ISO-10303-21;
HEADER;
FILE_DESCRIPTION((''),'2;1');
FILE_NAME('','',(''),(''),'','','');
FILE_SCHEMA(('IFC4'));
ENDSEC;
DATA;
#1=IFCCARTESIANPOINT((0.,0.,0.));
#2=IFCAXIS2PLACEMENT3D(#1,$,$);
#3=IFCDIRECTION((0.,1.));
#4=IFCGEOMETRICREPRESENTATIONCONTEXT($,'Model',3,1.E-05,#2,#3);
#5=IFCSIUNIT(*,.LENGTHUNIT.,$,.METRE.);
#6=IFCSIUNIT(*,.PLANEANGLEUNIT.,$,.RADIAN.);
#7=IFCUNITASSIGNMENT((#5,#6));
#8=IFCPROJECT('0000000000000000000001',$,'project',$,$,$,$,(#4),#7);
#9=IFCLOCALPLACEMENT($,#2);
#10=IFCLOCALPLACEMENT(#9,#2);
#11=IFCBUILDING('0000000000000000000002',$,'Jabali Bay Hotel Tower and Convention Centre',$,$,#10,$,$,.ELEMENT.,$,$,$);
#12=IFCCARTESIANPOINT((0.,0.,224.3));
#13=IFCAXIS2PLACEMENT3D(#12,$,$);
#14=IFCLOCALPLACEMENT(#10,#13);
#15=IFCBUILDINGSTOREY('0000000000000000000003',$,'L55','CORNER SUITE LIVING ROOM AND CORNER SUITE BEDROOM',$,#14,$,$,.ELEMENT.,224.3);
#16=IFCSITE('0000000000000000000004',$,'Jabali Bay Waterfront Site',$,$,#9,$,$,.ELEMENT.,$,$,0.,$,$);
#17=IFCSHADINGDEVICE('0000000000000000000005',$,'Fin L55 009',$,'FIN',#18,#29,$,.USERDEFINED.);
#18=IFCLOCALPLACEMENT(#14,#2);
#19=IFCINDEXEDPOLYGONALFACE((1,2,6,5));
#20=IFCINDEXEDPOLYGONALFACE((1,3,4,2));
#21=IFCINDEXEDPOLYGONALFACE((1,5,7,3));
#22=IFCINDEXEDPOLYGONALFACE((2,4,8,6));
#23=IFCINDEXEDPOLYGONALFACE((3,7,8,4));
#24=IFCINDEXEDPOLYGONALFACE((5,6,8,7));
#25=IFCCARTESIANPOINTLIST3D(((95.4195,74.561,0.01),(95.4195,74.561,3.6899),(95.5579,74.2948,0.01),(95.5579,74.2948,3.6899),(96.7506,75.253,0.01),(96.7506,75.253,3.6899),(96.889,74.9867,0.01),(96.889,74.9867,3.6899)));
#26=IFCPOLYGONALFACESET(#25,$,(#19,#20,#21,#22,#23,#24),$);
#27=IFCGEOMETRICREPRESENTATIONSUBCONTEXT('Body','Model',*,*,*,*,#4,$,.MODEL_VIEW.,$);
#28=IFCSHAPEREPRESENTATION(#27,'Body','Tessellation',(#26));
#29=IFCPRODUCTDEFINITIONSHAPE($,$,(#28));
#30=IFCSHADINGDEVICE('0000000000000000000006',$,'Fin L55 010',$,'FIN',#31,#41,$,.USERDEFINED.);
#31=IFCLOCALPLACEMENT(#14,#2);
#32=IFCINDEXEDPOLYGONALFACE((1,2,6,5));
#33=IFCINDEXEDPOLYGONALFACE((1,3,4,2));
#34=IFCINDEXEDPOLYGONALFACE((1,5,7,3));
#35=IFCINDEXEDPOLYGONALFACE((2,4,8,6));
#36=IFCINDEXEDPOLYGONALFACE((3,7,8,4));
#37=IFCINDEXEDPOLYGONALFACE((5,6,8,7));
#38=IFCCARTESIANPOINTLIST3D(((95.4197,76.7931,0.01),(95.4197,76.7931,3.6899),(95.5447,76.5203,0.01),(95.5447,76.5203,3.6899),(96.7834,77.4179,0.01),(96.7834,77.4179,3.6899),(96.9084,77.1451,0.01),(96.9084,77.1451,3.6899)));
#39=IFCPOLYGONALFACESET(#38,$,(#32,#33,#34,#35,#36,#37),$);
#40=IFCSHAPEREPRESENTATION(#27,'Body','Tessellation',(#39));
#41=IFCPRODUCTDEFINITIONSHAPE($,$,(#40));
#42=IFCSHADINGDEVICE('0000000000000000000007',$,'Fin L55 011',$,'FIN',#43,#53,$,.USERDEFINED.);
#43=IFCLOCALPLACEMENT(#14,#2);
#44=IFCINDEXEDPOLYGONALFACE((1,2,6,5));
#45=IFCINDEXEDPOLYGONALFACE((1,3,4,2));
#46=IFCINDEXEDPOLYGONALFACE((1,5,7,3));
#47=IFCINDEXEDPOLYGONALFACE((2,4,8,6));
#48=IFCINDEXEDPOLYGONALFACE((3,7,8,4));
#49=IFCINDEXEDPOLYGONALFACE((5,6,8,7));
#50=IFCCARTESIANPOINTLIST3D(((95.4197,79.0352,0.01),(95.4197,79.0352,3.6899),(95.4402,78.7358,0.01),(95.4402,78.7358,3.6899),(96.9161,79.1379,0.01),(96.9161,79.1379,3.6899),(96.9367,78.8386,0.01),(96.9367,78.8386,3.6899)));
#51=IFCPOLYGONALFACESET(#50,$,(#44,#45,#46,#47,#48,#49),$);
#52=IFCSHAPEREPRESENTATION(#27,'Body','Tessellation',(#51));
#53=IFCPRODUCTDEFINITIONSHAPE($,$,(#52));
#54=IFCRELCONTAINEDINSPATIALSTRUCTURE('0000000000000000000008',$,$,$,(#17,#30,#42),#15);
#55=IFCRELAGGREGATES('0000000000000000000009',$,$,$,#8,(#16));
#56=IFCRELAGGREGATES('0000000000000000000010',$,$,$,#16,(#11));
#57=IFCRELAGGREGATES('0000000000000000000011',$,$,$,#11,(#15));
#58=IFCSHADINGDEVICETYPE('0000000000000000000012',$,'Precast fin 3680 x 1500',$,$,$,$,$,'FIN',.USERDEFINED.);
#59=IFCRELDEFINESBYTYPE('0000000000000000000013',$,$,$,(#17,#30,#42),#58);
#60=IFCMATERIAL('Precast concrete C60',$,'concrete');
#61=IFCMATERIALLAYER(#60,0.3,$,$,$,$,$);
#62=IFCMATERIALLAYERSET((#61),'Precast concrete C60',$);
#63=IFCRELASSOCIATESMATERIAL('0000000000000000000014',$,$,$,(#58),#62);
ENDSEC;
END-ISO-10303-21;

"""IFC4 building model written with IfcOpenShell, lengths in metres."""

from ifc_helpers import new_model, si_unit, direction, frame, frame_2d, origin, place, context, subcontext, project, spatial, rectangle, extrude, material, layer, layer_set, type_object, element, save


model = new_model("IFC4")

# Units and contexts
model_context = context("Model", 3, precision=1e-05, world=origin(), true_north=direction((0.0, 1.0)))
body_context = subcontext(model_context, "Body", "Model", "MODEL_VIEW")
ifc_project = project(units=[si_unit("LENGTHUNIT", "METRE"), si_unit("PLANEANGLEUNIT", "RADIAN")], contexts=[model_context])

# Site, building, storey
site_placement = place(None, origin())
site = spatial("IfcSite", under=ifc_project, at=site_placement, Name="Jabali Bay Waterfront Site", CompositionType="ELEMENT", RefElevation=0.0)
building_placement = place(site_placement, origin())
building = spatial("IfcBuilding", under=site, at=building_placement, Name="Jabali Bay Hotel Tower and Convention Centre", CompositionType="ELEMENT")
storey_placement = place(building_placement, frame((0.0, 0.0, 224.3)))
storey = spatial("IfcBuildingStorey", under=building, at=storey_placement, Name="L55", Description="CORNER SUITE LIVING ROOM AND CORNER SUITE BEDROOM", CompositionType="ELEMENT", Elevation=224.3)

# Shading devices
ifc_material_1 = material(Name="Precast concrete C60", Category="concrete")
ifc_layer_1 = layer(ifc_material_1, 0.3)
ifc_layer_set_1 = layer_set([ifc_layer_1], Name="Precast concrete C60")
shading_device_type_1 = type_object("IfcShadingDeviceType", Name="Precast fin 3680 x 1500", ElementType="FIN", PredefinedType="USERDEFINED", material=ifc_layer_set_1)
shading_device_1_placement = place(storey_placement, frame((95.4888, 74.428, 0.01), z_axis=(0.0, 0.0, 1.0), x_axis=(0.887286, 0.46122, 0.0)))
element("IfcShadingDevice", 1, at=shading_device_1_placement, inside=storey, type_object=shading_device_type_1, Name="Fin L55 009", ObjectType="FIN", PredefinedType="USERDEFINED", context=body_context, shape_type="SweptSolid", body=[
    extrude(rectangle(XDim=1.5002, YDim=0.3, at=frame_2d((0.75, 0.0))), origin(), (0.0, 0.0, 1.0), 3.6799),
])
for number, where, z_axis, x_axis, name in (
    (2, (95.4822, 76.6567, 0.01), (0.0, 0.0, 1.0), (0.909142, 0.416487, 0.0), "Fin L55 010"),
    (3, (95.4299, 78.8855, 0.01), (0.0, 0.0, 1.0), (0.99765, 0.068517, 0.0), "Fin L55 011"),
):
    element("IfcShadingDevice", number, at=place(storey_placement, frame(where, z_axis=z_axis, x_axis=x_axis)), inside=storey, type_object=shading_device_type_1, Name=name, ObjectType="FIN", PredefinedType="USERDEFINED", context=body_context, shape_type="SweptSolid", body=[
        extrude(rectangle(XDim=1.5, YDim=0.3, at=frame_2d((0.75, 0.0))), origin(), (0.0, 0.0, 1.0), 3.6799),
    ])

save(model, "model.ifc")
